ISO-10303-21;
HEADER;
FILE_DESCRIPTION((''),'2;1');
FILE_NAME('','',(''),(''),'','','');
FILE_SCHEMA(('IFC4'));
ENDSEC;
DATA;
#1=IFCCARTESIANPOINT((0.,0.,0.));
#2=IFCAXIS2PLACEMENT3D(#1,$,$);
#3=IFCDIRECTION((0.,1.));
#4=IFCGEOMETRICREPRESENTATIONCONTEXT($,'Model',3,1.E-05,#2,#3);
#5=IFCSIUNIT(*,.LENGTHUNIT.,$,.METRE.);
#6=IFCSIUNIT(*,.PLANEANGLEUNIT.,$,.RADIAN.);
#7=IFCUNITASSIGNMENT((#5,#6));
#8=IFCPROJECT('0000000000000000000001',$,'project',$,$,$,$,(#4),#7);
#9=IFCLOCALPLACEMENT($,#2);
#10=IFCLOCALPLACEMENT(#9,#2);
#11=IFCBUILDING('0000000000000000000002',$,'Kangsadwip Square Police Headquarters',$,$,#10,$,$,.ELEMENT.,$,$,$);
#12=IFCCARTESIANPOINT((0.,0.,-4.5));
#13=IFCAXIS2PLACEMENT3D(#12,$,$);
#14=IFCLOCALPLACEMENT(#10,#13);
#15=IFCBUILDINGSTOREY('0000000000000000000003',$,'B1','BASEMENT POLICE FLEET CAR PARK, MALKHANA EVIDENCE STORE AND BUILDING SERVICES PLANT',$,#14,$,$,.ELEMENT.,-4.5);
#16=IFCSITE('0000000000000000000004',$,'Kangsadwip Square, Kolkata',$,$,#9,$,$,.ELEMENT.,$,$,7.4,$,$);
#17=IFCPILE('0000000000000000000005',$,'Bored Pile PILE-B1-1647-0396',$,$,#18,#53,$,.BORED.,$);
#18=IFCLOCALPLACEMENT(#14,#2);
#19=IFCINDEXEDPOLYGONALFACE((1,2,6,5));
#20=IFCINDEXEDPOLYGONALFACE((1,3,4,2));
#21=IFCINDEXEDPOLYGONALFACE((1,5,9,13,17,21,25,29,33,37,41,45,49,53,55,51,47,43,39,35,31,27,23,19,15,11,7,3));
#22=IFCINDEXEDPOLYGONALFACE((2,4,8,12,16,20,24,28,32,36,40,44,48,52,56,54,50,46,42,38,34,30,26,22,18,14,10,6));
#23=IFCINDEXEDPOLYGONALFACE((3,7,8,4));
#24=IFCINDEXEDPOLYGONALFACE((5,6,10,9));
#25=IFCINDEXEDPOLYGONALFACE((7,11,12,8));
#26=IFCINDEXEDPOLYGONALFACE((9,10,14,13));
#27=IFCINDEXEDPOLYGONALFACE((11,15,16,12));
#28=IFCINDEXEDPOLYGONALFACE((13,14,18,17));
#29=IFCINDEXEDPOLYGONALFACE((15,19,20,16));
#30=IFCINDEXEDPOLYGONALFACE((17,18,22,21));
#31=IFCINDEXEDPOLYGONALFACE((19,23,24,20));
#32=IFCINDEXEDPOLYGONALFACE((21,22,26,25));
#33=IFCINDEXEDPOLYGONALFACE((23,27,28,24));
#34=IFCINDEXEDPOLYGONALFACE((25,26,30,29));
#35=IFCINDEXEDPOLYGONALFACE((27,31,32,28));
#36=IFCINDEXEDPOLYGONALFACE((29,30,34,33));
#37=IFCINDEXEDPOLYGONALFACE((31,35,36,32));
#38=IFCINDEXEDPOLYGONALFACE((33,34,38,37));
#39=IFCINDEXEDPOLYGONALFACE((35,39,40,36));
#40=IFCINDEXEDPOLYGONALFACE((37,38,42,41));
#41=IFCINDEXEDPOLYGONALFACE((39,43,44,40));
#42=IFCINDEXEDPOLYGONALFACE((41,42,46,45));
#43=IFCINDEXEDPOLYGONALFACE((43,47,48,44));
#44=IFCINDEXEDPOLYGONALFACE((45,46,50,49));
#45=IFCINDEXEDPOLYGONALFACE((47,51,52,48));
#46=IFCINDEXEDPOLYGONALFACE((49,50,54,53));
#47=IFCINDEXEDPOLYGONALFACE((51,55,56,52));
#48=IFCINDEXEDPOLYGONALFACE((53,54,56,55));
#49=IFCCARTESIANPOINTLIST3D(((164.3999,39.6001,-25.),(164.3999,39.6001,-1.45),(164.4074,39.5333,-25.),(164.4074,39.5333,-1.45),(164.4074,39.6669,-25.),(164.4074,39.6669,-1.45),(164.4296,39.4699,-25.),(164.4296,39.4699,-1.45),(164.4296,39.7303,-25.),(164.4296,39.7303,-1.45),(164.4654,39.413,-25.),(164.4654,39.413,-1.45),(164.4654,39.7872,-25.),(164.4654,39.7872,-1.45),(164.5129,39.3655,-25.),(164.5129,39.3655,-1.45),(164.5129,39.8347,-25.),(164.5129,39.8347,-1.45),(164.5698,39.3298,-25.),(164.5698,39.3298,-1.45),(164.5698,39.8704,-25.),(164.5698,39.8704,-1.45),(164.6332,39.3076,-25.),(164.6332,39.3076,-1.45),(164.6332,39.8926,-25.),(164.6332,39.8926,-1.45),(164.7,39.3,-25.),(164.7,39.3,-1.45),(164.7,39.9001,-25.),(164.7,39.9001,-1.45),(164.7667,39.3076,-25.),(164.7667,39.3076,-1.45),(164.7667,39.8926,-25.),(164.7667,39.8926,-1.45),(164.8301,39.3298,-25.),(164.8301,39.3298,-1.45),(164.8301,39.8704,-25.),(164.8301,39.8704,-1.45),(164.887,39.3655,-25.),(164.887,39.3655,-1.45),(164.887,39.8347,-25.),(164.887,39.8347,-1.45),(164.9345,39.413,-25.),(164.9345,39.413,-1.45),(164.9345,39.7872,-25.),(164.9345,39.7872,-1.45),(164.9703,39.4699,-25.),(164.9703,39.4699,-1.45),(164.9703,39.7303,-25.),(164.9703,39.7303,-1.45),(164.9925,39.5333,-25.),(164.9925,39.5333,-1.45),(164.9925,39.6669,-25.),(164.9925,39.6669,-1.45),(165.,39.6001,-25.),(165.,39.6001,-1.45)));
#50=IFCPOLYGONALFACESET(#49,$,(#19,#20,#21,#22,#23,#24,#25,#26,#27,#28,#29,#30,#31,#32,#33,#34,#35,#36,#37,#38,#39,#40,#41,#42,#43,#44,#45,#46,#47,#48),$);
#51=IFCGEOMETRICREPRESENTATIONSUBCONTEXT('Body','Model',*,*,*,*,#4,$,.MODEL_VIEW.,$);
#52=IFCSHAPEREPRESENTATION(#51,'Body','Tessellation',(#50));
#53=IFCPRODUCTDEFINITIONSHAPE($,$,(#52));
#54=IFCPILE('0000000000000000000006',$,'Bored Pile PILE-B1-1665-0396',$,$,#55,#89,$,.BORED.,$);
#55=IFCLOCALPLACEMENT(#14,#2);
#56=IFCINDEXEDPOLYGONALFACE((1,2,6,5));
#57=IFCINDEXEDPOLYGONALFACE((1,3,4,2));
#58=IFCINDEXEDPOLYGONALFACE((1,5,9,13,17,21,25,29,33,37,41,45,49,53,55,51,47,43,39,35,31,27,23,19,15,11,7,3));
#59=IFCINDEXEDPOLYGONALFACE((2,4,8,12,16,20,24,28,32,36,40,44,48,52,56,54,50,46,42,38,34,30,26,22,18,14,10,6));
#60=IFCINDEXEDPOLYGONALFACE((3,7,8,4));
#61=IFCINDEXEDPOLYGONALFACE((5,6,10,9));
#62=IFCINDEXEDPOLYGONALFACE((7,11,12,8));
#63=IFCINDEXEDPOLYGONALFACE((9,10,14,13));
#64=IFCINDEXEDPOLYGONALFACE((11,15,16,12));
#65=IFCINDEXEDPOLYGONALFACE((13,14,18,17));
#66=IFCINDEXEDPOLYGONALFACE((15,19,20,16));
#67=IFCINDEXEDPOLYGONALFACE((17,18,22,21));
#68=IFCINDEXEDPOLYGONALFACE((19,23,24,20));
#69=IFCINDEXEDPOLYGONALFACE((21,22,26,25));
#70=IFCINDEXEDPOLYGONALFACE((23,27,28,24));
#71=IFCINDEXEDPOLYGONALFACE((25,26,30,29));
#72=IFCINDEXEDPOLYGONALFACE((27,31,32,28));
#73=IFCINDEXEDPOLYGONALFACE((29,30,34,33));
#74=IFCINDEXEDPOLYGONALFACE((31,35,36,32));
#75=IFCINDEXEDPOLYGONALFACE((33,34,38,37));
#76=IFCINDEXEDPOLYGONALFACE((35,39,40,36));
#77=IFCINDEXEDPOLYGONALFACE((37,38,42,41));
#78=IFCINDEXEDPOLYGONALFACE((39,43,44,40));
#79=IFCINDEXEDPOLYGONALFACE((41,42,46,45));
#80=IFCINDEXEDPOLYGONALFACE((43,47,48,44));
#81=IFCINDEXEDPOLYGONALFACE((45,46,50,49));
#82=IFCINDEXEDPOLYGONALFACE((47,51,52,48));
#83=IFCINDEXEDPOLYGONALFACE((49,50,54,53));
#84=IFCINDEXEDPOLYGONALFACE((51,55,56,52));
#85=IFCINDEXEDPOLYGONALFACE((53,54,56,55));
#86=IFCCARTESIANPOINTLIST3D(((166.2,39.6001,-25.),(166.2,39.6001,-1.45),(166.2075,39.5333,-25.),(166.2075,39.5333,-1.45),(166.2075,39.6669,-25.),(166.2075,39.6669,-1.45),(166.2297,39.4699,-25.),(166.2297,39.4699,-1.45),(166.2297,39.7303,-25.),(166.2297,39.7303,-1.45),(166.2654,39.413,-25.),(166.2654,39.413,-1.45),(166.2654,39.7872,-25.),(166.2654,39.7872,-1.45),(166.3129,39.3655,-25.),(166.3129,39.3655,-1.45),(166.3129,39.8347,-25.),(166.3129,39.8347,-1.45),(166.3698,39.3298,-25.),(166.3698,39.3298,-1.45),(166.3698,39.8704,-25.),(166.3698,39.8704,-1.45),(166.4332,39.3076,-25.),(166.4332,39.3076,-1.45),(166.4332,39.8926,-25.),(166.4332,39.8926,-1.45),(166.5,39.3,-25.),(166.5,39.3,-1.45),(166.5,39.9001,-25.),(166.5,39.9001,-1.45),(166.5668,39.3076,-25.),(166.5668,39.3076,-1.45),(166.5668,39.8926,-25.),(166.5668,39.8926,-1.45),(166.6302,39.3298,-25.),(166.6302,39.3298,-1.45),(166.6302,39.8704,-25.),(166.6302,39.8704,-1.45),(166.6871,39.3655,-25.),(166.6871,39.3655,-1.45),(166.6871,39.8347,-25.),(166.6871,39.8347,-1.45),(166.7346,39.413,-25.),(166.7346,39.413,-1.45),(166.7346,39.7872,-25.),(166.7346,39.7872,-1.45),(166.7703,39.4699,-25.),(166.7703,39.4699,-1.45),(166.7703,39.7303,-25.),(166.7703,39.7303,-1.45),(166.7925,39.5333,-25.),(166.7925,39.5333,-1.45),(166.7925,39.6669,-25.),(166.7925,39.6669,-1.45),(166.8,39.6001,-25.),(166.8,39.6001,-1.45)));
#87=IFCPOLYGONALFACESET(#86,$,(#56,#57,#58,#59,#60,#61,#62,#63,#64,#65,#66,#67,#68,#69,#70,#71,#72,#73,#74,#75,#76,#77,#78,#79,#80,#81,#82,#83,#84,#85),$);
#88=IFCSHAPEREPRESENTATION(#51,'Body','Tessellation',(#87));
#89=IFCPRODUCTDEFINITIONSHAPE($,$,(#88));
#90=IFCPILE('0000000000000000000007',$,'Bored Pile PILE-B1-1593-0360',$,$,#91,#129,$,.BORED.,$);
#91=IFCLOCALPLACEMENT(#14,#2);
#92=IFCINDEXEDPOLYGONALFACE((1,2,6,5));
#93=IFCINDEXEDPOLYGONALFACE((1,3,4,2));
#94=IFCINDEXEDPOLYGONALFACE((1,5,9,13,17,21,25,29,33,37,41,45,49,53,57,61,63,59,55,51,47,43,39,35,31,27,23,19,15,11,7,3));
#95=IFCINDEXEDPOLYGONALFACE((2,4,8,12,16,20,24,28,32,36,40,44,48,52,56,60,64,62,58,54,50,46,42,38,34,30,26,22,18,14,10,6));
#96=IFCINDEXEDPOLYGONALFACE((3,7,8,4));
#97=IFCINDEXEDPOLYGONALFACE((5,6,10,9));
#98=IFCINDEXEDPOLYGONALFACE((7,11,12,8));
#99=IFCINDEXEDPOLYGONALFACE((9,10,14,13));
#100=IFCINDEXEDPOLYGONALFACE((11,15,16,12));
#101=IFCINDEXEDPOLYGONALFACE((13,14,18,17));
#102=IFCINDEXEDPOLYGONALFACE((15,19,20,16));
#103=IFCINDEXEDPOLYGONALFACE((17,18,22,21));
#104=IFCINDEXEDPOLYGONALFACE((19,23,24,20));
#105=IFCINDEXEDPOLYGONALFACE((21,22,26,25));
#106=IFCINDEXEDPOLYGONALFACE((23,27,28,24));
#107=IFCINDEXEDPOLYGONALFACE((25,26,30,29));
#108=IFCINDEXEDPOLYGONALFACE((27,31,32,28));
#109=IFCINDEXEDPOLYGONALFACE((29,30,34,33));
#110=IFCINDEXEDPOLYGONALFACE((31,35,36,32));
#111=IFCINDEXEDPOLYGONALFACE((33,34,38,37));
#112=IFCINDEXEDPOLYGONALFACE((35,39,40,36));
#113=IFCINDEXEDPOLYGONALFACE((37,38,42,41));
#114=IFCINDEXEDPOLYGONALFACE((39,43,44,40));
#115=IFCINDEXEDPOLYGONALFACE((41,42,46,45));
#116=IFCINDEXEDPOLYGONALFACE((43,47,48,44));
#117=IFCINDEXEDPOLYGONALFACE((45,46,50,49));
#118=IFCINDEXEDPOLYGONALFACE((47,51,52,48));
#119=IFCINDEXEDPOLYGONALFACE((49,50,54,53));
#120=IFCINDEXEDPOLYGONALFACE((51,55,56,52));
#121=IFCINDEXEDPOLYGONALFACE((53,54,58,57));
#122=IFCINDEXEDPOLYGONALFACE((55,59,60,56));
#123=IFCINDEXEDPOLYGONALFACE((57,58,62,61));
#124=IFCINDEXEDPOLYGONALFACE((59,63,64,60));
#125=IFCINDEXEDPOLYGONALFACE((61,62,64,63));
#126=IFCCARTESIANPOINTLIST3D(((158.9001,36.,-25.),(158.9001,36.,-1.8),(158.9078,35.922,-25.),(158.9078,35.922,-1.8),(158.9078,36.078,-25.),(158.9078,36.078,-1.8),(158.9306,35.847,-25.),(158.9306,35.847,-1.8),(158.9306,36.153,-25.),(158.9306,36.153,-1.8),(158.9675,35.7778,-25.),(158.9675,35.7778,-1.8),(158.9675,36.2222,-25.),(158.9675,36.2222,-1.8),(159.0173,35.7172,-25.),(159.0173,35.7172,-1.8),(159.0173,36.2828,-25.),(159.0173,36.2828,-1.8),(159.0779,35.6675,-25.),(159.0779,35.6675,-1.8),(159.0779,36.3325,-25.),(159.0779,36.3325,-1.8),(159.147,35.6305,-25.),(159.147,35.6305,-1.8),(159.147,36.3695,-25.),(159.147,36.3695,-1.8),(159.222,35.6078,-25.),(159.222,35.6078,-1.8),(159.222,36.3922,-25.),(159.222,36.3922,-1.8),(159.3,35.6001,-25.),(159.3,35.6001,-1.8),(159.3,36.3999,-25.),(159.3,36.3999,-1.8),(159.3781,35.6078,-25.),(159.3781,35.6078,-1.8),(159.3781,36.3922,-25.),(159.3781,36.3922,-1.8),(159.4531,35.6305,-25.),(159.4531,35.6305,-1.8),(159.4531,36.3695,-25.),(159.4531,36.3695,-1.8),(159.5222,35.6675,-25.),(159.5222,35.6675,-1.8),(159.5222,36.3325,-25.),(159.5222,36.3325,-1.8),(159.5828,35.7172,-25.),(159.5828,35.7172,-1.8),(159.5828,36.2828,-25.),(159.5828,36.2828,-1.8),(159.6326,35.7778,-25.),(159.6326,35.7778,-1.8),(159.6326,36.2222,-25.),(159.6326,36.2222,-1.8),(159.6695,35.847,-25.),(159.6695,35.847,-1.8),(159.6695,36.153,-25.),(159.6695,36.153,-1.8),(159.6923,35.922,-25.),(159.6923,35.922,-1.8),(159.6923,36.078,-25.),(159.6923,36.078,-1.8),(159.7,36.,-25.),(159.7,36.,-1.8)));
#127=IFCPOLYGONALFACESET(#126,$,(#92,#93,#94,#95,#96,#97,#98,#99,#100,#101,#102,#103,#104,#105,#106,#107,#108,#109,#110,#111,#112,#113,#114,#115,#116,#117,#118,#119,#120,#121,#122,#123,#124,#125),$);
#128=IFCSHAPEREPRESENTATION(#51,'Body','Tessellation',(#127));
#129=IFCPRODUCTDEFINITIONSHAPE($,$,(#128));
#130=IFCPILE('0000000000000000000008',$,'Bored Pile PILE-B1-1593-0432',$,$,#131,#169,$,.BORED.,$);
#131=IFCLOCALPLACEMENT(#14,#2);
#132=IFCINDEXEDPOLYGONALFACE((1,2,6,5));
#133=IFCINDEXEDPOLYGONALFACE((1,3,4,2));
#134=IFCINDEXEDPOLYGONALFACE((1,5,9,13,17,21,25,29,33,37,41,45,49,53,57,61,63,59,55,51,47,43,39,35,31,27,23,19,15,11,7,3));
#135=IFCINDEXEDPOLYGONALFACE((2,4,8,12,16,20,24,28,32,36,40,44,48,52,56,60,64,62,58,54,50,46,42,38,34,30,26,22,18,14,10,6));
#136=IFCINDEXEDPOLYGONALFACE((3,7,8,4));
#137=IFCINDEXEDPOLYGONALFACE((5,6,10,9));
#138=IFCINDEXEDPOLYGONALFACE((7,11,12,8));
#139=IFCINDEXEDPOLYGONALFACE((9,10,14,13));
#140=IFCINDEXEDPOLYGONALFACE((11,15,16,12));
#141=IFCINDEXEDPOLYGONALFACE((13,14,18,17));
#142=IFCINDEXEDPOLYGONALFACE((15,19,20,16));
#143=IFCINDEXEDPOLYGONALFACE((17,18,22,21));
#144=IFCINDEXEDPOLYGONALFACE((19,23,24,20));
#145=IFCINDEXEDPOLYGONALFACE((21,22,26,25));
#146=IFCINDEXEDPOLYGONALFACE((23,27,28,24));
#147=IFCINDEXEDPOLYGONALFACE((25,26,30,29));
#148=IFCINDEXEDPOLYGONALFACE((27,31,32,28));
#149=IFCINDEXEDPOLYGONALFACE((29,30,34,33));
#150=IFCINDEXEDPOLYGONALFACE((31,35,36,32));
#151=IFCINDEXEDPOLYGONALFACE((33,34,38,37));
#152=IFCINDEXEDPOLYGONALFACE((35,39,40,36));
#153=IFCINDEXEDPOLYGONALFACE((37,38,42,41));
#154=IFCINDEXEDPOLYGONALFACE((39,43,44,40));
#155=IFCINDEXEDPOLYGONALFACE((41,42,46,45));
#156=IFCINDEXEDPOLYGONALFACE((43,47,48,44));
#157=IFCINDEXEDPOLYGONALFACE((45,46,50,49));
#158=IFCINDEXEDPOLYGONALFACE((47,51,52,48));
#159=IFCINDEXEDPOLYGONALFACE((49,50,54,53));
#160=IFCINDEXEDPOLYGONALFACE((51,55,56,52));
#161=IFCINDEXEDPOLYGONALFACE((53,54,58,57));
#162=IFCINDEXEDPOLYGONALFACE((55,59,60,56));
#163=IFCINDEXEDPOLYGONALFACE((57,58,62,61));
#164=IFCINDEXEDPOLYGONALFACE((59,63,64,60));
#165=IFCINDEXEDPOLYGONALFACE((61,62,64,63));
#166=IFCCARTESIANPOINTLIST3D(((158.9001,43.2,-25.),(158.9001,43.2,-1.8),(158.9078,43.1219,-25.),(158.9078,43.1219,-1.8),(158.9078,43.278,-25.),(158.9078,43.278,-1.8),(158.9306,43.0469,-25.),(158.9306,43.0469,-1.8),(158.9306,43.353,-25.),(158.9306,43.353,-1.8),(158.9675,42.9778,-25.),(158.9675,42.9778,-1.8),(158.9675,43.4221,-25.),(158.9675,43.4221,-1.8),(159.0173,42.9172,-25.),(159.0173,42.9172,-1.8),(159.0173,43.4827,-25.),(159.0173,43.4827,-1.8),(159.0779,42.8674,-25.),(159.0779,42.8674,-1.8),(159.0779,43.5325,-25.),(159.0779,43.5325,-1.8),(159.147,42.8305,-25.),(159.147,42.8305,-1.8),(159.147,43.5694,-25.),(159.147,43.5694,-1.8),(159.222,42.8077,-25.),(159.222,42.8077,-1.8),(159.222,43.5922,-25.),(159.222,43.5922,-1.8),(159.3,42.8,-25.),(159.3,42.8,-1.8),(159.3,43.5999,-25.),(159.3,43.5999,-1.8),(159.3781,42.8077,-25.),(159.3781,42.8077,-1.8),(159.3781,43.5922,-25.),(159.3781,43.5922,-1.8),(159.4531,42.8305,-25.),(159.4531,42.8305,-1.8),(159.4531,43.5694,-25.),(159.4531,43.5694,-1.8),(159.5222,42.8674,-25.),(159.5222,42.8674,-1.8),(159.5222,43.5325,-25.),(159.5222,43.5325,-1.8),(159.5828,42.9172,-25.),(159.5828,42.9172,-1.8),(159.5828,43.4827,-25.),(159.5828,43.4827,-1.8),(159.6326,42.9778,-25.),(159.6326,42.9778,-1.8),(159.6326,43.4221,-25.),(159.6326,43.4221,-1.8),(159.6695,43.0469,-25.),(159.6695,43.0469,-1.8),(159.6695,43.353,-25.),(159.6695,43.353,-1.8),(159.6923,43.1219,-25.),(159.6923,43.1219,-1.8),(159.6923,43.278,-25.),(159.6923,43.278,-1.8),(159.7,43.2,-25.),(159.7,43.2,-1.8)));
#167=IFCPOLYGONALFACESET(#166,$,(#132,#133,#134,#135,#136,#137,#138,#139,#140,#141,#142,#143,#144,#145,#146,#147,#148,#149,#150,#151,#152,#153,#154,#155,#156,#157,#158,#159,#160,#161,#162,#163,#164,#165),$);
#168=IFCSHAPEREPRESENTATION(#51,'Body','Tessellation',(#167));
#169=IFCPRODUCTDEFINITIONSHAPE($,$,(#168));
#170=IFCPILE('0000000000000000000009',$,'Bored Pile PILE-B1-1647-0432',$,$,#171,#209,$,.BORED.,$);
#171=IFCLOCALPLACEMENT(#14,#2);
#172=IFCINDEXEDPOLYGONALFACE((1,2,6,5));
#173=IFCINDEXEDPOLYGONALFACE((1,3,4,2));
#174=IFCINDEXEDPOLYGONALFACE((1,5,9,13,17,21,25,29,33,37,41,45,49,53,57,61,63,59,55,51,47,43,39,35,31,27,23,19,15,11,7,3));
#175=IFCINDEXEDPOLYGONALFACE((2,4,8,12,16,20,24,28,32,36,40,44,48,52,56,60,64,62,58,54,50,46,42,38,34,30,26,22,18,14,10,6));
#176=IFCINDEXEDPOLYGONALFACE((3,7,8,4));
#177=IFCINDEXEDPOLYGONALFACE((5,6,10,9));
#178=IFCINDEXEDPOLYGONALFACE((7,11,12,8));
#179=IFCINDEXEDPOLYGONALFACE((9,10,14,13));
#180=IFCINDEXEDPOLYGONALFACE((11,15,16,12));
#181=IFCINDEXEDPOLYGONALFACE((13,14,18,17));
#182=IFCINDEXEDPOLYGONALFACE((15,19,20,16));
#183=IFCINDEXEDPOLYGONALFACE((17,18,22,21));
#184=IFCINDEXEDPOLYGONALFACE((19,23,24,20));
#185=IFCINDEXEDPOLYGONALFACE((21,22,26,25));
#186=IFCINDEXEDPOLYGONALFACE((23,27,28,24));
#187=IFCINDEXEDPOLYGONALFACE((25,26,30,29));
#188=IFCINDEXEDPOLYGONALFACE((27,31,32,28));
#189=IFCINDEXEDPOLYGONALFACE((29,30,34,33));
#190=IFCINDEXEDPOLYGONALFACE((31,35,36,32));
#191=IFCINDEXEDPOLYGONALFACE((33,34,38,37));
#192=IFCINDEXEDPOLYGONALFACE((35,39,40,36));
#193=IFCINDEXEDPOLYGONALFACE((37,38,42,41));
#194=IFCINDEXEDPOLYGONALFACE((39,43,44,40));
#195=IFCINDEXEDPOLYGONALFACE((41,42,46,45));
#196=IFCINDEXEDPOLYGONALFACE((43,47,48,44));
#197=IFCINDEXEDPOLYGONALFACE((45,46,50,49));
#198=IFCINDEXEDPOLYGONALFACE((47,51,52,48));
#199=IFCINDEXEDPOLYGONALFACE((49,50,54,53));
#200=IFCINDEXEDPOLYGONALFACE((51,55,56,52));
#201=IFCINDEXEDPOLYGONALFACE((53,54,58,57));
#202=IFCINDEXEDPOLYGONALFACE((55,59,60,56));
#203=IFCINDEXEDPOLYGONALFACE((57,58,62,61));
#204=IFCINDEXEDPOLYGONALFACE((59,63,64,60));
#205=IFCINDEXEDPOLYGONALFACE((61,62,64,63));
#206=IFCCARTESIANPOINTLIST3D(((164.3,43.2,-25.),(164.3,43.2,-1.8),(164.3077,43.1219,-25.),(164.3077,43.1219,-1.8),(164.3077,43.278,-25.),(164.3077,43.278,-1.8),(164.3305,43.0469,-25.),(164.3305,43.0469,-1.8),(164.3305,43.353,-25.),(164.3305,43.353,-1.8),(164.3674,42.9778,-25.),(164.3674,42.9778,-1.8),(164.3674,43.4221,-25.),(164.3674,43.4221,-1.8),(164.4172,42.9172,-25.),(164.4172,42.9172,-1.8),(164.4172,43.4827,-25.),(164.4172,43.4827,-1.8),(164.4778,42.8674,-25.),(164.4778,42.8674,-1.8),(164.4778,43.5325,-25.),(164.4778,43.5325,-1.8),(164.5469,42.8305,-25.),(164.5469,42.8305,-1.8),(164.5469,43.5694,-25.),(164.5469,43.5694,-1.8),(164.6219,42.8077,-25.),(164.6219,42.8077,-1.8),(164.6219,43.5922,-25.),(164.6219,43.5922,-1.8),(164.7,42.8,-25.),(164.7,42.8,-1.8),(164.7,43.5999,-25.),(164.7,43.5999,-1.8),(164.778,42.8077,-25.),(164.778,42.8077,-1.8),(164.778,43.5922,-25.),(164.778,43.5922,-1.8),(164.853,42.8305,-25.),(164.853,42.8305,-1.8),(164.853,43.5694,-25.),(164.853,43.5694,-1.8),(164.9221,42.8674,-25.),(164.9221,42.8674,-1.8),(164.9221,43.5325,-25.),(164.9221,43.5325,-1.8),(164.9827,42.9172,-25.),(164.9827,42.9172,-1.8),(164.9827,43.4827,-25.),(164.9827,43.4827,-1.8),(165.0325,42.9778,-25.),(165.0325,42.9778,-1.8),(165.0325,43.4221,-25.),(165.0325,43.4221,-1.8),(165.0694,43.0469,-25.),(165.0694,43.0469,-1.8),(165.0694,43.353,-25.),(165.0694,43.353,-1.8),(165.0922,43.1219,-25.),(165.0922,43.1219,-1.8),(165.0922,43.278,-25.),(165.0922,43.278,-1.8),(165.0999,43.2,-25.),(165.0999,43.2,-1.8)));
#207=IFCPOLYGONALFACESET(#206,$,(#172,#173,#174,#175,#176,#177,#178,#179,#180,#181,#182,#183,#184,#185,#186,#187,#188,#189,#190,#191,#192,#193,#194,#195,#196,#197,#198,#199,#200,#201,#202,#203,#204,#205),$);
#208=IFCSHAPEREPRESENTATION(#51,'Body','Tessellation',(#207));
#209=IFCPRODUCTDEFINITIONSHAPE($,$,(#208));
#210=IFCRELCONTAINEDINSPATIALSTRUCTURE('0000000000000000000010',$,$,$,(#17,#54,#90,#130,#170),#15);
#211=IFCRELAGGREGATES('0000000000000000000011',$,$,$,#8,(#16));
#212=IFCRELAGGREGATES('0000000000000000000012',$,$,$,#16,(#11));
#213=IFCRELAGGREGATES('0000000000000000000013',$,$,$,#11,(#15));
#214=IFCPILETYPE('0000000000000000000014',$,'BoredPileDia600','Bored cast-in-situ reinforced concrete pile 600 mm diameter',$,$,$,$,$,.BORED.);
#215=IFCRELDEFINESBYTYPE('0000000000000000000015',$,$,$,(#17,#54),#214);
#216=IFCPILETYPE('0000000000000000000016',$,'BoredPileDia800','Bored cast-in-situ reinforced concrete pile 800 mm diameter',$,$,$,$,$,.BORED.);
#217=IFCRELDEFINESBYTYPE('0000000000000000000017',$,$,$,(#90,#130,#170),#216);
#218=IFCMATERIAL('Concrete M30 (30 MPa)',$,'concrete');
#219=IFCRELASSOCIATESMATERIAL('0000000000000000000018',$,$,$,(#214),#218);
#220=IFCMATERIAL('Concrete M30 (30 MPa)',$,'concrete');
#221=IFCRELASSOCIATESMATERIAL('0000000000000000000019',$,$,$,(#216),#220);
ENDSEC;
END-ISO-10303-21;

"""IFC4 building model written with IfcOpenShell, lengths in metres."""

from ifc_helpers import new_model, si_unit, direction, frame, origin, origin_2d, place, context, subcontext, project, spatial, circle, extrude, material, material_profile, profile_set, type_object, element, save


model = new_model("IFC4")

# Units and contexts
model_context = context("Model", 3, precision=1e-05, world=origin(), true_north=direction((0.0, 1.0)))
body_context = subcontext(model_context, "Body", "Model", "MODEL_VIEW")
ifc_project = project(units=[si_unit("LENGTHUNIT", "METRE"), si_unit("PLANEANGLEUNIT", "RADIAN")], contexts=[model_context])

# Site, building, storey
site_placement = place(None, origin())
site = spatial("IfcSite", under=ifc_project, at=site_placement, Name="Kangsadwip Square, Kolkata", CompositionType="ELEMENT", RefElevation=7.4)
building_placement = place(site_placement, origin())
building = spatial("IfcBuilding", under=site, at=building_placement, Name="Kangsadwip Square Police Headquarters", CompositionType="ELEMENT")
storey_placement = place(building_placement, frame((0.0, 0.0, -4.5)))
storey = spatial("IfcBuildingStorey", under=building, at=storey_placement, Name="B1", Description="BASEMENT POLICE FLEET CAR PARK, MALKHANA EVIDENCE STORE AND BUILDING SERVICES PLANT", CompositionType="ELEMENT", Elevation=-4.5)

# Piles
ifc_material_1 = material(Name="Concrete M30 (30 MPa)", Category="concrete")
ifc_material_profile_1 = material_profile(ifc_material_1, circle(Radius=0.3, at=origin_2d()), Name="PILE DIA 600")
ifc_profile_set_1 = profile_set([ifc_material_profile_1], Name="Concrete M30 (30 MPa)")
pile_type_1 = type_object("IfcPileType", Name="BoredPileDia600", Description="Bored cast-in-situ reinforced concrete pile 600 mm diameter", PredefinedType="BORED", material=ifc_profile_set_1)
for number, where, z_axis, x_axis, name in (
    (1, (164.7, 39.6001, -1.45), (0.0, 0.0, -1.0), (1.0, 0.0, 0.0), "Bored Pile PILE-B1-1647-0396"),
    (2, (166.5, 39.6001, -1.45), (0.0, 0.0, -1.0), (1.0, 0.0, 0.0), "Bored Pile PILE-B1-1665-0396"),
):
    element("IfcPile", number, at=place(storey_placement, frame(where, z_axis=z_axis, x_axis=x_axis)), inside=storey, type_object=pile_type_1, Name=name, PredefinedType="BORED", context=body_context, shape_type="SweptSolid", body=[
        extrude(circle(Radius=0.3, at=origin_2d()), origin(), (0.0, 0.0, 1.0), 23.55),
    ])
ifc_material_2 = material(Name="Concrete M30 (30 MPa)", Category="concrete")
ifc_material_profile_2 = material_profile(ifc_material_2, circle(Radius=0.3999, at=origin_2d()), Name="PILE DIA 800")
ifc_profile_set_2 = profile_set([ifc_material_profile_2], Name="Concrete M30 (30 MPa)")
pile_type_2 = type_object("IfcPileType", Name="BoredPileDia800", Description="Bored cast-in-situ reinforced concrete pile 800 mm diameter", PredefinedType="BORED", material=ifc_profile_set_2)
for number, where, z_axis, x_axis, name in (
    (3, (159.3, 36.0, -1.8), (0.0, 0.0, -1.0), (1.0, 0.0, 0.0), "Bored Pile PILE-B1-1593-0360"),
    (4, (159.3, 43.2, -1.8), (0.0, 0.0, -1.0), (1.0, 0.0, 0.0), "Bored Pile PILE-B1-1593-0432"),
    (5, (164.7, 43.2, -1.8), (0.0, 0.0, -1.0), (1.0, 0.0, 0.0), "Bored Pile PILE-B1-1647-0432"),
):
    element("IfcPile", number, at=place(storey_placement, frame(where, z_axis=z_axis, x_axis=x_axis)), inside=storey, type_object=pile_type_2, Name=name, PredefinedType="BORED", context=body_context, shape_type="SweptSolid", body=[
        extrude(circle(Radius=0.3999, at=origin_2d()), origin(), (0.0, 0.0, 1.0), 23.2),
    ])

save(model, "model.ifc")
